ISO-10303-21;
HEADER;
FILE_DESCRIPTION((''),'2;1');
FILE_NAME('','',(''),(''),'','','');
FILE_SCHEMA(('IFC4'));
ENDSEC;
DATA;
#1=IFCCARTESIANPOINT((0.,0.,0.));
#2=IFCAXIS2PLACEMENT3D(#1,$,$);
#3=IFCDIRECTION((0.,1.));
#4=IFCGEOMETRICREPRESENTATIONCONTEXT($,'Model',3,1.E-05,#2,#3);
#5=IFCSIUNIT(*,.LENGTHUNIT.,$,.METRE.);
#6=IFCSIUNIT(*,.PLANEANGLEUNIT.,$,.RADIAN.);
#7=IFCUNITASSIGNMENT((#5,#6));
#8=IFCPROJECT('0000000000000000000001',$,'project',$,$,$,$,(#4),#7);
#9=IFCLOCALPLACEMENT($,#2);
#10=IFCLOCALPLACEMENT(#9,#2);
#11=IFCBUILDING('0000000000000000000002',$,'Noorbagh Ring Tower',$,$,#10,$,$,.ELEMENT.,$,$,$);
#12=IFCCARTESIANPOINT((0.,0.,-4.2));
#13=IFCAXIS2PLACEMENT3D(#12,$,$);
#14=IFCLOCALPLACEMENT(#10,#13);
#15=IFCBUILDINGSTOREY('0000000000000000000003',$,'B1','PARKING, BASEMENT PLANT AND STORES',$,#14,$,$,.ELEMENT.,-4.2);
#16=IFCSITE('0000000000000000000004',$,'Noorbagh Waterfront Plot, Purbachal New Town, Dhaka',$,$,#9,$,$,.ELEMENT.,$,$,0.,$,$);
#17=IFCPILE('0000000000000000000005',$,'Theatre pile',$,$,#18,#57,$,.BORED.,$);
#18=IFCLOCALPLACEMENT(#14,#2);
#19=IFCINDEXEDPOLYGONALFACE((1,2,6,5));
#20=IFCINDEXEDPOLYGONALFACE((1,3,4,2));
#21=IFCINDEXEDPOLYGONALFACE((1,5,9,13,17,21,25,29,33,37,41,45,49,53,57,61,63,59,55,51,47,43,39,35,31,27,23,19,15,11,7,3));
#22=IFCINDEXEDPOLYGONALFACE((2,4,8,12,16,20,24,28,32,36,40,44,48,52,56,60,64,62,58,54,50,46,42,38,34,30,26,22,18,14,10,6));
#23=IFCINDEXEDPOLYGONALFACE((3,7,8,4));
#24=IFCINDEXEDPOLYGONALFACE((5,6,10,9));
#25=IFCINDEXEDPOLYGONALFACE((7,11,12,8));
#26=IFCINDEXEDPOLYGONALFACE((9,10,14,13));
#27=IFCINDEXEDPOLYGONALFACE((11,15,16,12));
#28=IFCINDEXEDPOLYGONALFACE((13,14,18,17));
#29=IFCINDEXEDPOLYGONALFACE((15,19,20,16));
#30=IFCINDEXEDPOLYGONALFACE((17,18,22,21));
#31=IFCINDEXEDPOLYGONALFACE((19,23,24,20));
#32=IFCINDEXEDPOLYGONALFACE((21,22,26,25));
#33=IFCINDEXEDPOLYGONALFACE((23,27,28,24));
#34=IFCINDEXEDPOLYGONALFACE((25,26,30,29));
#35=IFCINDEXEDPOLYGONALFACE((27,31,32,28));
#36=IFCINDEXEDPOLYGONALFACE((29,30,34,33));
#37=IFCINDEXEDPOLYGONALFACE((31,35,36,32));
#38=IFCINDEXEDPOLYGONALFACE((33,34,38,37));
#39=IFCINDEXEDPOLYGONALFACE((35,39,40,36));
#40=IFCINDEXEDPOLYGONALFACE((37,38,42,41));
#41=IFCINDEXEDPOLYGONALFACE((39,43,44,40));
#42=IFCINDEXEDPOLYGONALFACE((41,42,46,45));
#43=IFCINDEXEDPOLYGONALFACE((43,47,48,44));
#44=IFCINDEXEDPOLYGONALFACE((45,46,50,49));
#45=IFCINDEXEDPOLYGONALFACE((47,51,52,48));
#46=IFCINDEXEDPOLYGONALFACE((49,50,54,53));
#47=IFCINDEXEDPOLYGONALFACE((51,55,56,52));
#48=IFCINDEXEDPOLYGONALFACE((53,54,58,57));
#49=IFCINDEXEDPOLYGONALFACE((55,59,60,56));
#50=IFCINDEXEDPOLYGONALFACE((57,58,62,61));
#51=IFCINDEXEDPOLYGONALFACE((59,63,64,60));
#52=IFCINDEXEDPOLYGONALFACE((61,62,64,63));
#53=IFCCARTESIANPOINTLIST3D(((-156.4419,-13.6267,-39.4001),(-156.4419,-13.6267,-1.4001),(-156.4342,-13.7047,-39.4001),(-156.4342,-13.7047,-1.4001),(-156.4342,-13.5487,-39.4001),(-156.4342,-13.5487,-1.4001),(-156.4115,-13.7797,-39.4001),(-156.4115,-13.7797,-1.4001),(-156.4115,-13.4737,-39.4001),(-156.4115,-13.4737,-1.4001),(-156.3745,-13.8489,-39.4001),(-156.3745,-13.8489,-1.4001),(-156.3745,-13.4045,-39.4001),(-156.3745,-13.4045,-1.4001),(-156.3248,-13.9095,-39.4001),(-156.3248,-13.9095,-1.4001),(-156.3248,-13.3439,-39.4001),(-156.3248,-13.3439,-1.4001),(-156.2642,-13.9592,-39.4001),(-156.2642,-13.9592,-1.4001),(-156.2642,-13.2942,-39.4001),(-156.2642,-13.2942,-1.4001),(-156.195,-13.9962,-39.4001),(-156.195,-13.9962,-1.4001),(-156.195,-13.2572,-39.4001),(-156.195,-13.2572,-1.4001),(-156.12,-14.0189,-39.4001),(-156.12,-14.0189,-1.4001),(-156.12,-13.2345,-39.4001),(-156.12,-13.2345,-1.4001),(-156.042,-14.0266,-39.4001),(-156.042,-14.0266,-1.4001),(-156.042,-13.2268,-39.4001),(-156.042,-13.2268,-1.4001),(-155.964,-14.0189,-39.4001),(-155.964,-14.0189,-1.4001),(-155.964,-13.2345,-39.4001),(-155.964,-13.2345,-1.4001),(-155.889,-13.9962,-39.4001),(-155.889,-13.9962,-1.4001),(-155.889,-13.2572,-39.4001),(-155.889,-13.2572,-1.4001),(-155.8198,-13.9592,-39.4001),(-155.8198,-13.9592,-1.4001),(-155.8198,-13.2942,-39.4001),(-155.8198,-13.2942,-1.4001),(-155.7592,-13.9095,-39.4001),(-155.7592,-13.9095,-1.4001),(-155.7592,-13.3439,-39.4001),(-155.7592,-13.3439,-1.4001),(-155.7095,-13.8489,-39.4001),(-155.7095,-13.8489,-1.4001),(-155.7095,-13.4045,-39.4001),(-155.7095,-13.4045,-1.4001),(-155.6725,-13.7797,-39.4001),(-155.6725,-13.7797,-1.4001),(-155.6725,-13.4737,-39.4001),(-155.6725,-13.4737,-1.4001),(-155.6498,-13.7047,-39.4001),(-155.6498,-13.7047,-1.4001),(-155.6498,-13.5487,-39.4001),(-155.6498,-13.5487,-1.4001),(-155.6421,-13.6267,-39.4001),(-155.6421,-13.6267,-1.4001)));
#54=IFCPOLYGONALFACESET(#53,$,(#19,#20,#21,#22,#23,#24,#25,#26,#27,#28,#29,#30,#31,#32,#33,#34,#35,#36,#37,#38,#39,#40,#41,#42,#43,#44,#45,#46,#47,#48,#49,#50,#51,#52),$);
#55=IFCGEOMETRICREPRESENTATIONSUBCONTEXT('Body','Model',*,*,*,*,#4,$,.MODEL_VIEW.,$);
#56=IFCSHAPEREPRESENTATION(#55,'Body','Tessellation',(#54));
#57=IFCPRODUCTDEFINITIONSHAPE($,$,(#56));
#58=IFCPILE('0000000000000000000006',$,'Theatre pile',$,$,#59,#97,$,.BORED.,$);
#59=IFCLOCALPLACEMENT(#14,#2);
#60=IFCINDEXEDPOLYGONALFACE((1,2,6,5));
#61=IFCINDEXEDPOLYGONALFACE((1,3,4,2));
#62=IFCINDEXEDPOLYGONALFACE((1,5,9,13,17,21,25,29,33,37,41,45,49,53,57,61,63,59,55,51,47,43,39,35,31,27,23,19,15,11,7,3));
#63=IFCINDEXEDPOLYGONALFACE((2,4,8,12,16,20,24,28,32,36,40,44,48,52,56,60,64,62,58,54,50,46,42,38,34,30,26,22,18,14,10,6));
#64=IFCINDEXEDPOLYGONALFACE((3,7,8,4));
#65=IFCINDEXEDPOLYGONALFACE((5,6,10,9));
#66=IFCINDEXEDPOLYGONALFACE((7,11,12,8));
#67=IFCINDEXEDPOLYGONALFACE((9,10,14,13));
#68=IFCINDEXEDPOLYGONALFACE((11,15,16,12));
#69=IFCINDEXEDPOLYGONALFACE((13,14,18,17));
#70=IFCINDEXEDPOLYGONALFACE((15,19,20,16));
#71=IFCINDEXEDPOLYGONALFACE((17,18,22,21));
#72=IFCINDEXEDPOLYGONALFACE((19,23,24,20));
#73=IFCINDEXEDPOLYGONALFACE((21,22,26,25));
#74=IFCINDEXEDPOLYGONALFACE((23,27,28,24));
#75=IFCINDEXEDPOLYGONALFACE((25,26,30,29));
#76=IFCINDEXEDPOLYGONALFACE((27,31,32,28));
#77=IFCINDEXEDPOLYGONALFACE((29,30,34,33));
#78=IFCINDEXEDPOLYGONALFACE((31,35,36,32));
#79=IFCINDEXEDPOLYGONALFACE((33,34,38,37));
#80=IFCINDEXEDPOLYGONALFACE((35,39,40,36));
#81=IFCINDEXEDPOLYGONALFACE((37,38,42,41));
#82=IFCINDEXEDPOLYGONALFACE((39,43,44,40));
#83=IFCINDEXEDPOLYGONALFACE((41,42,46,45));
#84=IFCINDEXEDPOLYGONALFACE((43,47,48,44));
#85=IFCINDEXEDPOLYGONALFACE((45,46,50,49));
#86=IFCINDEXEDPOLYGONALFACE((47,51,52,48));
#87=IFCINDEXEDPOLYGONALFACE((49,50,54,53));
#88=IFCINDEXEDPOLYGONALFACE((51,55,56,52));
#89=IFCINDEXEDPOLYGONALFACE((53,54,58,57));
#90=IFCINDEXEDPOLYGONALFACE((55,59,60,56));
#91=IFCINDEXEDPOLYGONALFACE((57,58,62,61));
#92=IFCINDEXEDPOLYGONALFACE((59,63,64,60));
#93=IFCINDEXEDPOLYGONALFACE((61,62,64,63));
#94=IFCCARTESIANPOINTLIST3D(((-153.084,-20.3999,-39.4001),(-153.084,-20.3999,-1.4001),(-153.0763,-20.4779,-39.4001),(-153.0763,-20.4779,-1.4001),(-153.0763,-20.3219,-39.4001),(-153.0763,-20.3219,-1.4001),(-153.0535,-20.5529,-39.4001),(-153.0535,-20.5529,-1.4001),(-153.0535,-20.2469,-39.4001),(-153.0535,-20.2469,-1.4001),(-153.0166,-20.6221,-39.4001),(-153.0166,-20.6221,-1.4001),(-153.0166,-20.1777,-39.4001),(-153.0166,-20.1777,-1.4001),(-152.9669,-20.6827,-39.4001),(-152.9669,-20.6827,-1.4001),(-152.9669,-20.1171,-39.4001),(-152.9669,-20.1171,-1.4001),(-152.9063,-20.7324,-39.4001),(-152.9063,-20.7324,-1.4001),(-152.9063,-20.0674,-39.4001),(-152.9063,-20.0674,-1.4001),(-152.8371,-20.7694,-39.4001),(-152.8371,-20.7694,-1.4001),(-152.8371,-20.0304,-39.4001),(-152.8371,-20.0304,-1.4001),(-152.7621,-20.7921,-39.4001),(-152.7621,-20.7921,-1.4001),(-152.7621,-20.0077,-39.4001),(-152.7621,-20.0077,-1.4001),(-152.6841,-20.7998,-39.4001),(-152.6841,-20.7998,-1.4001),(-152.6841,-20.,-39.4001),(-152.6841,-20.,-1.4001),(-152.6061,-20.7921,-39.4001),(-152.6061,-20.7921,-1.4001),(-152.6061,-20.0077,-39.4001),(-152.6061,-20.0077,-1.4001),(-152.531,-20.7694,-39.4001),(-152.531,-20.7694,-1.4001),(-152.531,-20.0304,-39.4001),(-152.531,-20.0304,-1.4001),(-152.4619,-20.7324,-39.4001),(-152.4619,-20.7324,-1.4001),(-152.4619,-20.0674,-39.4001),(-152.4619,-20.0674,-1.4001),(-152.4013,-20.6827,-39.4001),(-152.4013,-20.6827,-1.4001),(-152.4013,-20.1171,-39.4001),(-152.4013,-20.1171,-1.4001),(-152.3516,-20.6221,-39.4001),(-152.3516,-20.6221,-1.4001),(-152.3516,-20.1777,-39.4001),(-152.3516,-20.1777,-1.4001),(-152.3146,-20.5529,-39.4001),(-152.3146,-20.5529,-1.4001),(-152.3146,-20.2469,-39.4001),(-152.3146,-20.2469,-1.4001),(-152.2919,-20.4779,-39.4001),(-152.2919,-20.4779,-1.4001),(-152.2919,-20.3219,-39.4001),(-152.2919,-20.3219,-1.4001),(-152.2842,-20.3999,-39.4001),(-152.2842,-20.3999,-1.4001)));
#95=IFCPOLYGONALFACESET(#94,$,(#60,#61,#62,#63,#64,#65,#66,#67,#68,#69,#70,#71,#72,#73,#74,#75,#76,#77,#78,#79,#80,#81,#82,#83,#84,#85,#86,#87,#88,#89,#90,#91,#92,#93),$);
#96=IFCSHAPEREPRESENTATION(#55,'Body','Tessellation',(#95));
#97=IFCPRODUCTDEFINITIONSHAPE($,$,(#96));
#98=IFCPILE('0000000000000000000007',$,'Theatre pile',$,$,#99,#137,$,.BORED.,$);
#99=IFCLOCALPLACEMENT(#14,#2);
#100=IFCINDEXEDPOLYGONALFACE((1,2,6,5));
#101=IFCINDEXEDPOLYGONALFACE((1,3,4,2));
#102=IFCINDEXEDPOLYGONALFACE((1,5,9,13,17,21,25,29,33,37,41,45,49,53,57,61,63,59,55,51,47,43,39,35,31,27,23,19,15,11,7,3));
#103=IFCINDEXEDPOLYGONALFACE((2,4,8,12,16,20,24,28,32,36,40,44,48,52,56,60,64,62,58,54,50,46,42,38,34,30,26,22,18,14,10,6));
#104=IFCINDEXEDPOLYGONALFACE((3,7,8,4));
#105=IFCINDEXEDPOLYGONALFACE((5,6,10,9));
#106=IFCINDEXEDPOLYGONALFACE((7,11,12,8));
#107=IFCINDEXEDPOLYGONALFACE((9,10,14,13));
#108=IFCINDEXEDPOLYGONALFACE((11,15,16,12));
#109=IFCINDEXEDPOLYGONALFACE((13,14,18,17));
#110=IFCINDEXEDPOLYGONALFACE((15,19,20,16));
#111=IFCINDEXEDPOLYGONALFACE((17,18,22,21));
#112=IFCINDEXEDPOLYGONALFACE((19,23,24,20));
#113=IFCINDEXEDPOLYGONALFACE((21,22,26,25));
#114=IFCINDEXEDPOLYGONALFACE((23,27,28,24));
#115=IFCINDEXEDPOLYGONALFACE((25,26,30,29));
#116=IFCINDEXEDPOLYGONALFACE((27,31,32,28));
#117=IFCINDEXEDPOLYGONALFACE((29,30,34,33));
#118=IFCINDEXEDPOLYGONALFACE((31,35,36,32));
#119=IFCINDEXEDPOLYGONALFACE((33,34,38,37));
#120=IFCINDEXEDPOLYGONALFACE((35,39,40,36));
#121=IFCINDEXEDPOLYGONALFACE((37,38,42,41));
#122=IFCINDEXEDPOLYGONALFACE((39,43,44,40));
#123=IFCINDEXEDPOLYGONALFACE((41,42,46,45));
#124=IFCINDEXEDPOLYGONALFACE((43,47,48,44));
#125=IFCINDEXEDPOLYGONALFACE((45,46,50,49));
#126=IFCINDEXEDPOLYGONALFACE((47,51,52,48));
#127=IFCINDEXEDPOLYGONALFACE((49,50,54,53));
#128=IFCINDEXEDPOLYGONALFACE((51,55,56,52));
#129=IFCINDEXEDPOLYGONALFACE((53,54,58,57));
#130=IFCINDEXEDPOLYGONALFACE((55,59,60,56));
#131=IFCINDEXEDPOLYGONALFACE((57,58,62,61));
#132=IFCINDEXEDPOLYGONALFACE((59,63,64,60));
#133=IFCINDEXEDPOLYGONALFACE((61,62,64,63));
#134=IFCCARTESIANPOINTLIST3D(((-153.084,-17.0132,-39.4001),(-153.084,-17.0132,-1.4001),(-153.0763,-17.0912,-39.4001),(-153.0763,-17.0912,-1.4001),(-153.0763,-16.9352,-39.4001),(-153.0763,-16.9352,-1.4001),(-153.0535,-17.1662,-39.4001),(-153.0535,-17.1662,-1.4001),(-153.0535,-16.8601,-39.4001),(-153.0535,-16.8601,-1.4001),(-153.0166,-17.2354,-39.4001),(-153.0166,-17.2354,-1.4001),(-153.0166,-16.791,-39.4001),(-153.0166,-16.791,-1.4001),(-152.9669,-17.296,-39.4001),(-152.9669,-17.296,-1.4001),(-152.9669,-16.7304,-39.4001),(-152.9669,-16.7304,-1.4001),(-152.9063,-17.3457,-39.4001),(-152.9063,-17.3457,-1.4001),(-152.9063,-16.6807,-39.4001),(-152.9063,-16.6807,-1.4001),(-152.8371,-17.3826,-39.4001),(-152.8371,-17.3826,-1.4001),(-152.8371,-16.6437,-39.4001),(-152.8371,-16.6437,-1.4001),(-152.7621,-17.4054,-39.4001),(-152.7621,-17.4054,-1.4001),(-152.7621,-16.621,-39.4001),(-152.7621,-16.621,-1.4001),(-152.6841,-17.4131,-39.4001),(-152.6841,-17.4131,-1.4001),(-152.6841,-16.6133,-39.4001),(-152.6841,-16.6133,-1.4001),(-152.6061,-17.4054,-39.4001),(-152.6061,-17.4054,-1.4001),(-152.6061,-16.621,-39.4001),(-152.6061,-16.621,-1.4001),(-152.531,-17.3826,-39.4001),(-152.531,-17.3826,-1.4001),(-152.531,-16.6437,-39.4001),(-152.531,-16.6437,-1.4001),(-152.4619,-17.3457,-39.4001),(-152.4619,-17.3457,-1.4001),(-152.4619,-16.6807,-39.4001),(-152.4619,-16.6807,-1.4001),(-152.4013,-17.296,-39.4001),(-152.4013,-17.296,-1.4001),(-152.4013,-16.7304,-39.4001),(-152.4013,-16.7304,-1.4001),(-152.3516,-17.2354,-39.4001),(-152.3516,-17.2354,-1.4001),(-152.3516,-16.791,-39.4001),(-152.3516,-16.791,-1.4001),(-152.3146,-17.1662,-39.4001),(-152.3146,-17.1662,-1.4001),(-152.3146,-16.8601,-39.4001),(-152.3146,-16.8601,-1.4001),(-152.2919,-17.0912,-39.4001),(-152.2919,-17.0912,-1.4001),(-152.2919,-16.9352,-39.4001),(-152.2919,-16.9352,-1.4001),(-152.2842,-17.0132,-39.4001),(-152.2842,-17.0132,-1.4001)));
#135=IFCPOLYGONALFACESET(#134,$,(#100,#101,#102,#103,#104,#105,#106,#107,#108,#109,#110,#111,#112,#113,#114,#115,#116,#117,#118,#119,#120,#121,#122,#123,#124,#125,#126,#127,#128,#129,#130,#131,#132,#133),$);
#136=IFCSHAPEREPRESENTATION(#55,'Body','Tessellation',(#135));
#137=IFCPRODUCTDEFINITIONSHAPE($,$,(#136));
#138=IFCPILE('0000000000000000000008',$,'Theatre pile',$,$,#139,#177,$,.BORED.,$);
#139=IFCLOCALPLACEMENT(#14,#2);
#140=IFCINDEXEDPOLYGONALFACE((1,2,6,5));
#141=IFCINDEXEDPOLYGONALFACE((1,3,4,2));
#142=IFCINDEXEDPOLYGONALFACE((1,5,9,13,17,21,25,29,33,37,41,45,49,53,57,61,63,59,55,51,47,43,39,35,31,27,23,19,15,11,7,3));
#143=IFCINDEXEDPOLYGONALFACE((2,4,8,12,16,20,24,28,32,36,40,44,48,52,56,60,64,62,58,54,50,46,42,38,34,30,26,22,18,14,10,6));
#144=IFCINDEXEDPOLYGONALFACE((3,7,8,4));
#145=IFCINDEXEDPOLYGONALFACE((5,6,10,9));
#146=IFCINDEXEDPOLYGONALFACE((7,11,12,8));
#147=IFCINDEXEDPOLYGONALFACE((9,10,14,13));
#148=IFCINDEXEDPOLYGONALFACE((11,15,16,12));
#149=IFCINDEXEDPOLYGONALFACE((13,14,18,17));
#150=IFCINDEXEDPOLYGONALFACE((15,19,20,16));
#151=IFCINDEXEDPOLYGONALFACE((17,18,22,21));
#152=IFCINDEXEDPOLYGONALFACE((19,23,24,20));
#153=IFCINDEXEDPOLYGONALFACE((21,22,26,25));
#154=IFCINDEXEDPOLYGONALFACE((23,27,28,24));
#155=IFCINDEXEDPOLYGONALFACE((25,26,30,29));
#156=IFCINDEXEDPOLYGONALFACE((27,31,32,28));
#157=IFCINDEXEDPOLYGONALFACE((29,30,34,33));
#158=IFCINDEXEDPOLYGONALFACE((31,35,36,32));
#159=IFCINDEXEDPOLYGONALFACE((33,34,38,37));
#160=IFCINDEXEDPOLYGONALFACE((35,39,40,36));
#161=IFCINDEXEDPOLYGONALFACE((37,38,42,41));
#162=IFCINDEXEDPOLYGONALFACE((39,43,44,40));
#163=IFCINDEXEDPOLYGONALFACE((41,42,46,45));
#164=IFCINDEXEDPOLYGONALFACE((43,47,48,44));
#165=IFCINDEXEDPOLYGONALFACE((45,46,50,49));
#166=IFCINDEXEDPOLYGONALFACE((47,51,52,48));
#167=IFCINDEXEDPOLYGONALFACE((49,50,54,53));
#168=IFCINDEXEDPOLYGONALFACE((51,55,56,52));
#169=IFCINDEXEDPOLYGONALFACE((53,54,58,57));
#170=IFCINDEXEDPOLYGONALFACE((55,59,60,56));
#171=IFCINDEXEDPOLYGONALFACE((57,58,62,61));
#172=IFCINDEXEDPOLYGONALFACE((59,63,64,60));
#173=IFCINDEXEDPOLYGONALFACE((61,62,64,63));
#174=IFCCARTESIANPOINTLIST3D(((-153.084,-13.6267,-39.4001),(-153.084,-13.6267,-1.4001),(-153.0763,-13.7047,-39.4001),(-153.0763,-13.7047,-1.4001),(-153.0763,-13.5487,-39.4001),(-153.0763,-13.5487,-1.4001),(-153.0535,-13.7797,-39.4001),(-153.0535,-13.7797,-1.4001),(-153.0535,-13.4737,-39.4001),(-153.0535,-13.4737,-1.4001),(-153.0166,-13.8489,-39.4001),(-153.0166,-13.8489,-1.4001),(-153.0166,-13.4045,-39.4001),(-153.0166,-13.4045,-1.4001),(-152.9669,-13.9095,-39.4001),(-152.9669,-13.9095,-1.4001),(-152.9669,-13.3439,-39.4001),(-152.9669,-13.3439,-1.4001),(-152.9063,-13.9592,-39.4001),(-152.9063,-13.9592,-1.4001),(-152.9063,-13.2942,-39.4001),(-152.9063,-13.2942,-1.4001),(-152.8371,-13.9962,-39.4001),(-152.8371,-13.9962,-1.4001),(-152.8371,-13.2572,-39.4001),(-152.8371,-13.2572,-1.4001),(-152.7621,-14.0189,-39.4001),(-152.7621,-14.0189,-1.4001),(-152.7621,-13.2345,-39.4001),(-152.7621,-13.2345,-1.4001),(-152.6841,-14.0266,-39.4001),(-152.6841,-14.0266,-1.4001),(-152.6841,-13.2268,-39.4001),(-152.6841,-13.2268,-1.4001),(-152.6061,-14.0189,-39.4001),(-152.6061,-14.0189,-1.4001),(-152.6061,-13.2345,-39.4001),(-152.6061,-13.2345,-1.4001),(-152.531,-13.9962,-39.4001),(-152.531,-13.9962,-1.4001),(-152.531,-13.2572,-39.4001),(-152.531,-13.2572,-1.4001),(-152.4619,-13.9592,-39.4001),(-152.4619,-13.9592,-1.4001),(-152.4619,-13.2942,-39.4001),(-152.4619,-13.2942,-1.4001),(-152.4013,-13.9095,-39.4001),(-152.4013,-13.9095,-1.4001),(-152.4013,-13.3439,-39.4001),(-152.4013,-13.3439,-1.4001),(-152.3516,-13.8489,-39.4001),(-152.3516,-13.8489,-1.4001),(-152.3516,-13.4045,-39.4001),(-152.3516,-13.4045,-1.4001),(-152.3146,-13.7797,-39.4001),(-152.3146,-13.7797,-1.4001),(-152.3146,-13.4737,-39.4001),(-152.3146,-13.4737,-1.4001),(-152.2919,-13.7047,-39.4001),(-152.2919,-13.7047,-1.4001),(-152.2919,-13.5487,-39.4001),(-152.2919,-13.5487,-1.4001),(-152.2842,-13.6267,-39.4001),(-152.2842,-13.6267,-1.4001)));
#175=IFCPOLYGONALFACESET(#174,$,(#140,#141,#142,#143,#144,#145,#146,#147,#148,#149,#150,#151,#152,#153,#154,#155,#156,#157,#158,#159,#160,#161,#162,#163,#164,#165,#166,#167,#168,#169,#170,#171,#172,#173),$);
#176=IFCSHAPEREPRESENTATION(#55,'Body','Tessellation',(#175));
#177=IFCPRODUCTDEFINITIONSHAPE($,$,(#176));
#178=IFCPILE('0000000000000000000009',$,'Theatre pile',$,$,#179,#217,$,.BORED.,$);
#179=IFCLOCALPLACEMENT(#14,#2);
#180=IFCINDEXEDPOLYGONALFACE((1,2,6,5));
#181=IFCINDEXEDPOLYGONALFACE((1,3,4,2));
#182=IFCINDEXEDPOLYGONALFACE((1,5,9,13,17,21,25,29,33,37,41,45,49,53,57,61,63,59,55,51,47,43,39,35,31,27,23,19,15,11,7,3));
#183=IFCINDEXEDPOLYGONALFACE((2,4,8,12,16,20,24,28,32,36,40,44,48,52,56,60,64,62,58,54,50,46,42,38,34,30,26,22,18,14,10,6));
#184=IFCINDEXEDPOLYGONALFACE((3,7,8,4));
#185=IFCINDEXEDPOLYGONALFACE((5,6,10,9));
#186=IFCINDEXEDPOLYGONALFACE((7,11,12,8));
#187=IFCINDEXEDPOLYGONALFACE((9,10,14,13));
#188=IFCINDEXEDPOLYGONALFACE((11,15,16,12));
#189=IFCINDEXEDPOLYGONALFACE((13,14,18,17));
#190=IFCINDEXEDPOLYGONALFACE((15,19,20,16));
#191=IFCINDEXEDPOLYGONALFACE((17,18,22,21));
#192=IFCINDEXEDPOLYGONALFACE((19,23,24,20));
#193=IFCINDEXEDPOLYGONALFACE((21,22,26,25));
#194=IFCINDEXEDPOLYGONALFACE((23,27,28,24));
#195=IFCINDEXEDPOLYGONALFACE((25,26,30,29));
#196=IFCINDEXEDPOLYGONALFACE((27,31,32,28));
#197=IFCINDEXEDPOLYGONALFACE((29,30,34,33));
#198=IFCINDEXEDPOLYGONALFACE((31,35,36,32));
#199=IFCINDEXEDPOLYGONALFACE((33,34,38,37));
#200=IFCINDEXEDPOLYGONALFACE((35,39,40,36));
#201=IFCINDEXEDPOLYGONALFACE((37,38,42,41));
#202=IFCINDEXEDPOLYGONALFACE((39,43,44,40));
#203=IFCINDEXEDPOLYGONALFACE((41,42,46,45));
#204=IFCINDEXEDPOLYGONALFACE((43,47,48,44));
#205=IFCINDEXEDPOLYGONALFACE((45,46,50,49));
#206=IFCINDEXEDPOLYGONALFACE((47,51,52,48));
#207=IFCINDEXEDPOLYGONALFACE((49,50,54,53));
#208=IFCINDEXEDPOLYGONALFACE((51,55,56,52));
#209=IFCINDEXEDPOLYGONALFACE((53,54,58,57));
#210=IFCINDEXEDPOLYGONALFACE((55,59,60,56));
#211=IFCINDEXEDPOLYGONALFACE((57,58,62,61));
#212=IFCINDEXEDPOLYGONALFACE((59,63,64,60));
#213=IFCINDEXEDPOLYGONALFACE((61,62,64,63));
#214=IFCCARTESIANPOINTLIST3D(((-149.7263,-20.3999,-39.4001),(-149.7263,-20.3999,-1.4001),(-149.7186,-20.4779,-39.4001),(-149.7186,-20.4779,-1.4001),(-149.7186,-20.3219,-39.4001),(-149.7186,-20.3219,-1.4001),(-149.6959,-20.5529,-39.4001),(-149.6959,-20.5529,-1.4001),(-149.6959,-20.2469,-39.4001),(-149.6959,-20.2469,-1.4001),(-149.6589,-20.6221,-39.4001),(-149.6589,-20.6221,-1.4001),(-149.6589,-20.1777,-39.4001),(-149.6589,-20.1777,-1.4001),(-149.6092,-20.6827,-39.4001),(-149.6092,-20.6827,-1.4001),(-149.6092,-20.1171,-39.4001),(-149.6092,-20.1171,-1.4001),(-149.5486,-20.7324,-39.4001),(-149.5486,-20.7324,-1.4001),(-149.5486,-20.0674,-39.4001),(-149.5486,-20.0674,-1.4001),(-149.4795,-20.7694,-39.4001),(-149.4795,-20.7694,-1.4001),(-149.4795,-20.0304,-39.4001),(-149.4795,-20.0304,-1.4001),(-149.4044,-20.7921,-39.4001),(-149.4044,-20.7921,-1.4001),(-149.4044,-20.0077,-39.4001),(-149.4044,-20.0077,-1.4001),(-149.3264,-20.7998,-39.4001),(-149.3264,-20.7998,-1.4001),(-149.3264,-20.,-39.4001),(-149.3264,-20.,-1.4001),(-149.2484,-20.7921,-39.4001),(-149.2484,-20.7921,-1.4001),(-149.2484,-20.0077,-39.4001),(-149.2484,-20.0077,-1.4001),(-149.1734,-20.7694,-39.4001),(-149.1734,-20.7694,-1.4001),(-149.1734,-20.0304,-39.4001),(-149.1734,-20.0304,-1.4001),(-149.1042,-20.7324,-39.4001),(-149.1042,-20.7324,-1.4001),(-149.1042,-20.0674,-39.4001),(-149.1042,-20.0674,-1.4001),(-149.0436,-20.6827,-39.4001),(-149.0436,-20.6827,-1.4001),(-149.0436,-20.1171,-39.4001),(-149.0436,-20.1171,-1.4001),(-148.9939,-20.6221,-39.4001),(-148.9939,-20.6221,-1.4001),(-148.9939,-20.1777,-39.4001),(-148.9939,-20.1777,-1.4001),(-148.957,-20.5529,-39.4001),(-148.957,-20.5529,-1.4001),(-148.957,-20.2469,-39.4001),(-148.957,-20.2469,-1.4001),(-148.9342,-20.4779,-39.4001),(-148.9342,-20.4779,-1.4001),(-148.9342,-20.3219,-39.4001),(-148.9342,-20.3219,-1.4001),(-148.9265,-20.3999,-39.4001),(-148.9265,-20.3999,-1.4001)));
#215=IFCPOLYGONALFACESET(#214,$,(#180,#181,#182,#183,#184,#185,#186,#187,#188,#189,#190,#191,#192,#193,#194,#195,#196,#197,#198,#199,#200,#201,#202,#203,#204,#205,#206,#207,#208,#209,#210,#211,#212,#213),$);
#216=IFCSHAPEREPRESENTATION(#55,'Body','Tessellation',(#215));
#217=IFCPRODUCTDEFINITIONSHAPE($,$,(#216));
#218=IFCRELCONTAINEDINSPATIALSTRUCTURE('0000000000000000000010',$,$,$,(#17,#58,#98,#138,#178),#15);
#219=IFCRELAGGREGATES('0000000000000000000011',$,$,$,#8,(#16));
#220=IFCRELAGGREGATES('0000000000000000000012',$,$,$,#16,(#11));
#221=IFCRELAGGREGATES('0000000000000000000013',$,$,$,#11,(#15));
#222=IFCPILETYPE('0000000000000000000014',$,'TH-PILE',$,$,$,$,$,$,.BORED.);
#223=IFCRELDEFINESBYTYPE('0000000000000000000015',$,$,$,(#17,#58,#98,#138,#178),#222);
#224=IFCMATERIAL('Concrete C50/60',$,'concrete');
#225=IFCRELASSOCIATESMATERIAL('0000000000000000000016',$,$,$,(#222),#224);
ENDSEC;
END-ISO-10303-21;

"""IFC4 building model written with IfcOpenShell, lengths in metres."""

from ifc_helpers import new_model, si_unit, direction, frame, origin, origin_2d, place, context, subcontext, project, spatial, circle, extrude, material, material_profile, profile_set, type_object, element, save


model = new_model("IFC4")

# Units and contexts
model_context = context("Model", 3, precision=1e-05, world=origin(), true_north=direction((0.0, 1.0)))
body_context = subcontext(model_context, "Body", "Model", "MODEL_VIEW")
ifc_project = project(units=[si_unit("LENGTHUNIT", "METRE"), si_unit("PLANEANGLEUNIT", "RADIAN")], contexts=[model_context])

# Site, building, storey
site_placement = place(None, origin())
site = spatial("IfcSite", under=ifc_project, at=site_placement, Name="Noorbagh Waterfront Plot, Purbachal New Town, Dhaka", CompositionType="ELEMENT", RefElevation=0.0)
building_placement = place(site_placement, origin())
building = spatial("IfcBuilding", under=site, at=building_placement, Name="Noorbagh Ring Tower", CompositionType="ELEMENT")
storey_placement = place(building_placement, frame((0.0, 0.0, -4.2)))
storey = spatial("IfcBuildingStorey", under=building, at=storey_placement, Name="B1", Description="PARKING, BASEMENT PLANT AND STORES", CompositionType="ELEMENT", Elevation=-4.2)

# Piles
ifc_material_1 = material(Name="Concrete C50/60", Category="concrete")
ifc_material_profile_1 = material_profile(ifc_material_1, circle(Radius=0.3999, at=origin_2d()), Name="PILE800")
ifc_profile_set_1 = profile_set([ifc_material_profile_1], Name="Concrete C50/60")
pile_type = type_object("IfcPileType", Name="TH-PILE", PredefinedType="BORED", material=ifc_profile_set_1)
for number, where, z_axis, x_axis, name in (
    (1, (-156.042, -13.6267, -1.4001), (0.0, 0.0, -1.0), (1.0, 0.0, 0.0), "Theatre pile"),
    (2, (-152.6841, -20.3999, -1.4001), (0.0, 0.0, -1.0), (1.0, 0.0, 0.0), "Theatre pile"),
    (3, (-152.6841, -17.0132, -1.4001), (0.0, 0.0, -1.0), (1.0, 0.0, 0.0), "Theatre pile"),
    (4, (-152.6841, -13.6267, -1.4001), (0.0, 0.0, -1.0), (1.0, 0.0, 0.0), "Theatre pile"),
    (5, (-149.3264, -20.3999, -1.4001), (0.0, 0.0, -1.0), (1.0, 0.0, 0.0), "Theatre pile"),
):
    element("IfcPile", number, at=place(storey_placement, frame(where, z_axis=z_axis, x_axis=x_axis)), inside=storey, type_object=pile_type, Name=name, PredefinedType="BORED", context=body_context, shape_type="SweptSolid", body=[
        extrude(circle(Radius=0.3999, at=origin_2d()), origin(), (0.0, 0.0, 1.0), 38.0),
    ])

save(model, "model.ifc")
